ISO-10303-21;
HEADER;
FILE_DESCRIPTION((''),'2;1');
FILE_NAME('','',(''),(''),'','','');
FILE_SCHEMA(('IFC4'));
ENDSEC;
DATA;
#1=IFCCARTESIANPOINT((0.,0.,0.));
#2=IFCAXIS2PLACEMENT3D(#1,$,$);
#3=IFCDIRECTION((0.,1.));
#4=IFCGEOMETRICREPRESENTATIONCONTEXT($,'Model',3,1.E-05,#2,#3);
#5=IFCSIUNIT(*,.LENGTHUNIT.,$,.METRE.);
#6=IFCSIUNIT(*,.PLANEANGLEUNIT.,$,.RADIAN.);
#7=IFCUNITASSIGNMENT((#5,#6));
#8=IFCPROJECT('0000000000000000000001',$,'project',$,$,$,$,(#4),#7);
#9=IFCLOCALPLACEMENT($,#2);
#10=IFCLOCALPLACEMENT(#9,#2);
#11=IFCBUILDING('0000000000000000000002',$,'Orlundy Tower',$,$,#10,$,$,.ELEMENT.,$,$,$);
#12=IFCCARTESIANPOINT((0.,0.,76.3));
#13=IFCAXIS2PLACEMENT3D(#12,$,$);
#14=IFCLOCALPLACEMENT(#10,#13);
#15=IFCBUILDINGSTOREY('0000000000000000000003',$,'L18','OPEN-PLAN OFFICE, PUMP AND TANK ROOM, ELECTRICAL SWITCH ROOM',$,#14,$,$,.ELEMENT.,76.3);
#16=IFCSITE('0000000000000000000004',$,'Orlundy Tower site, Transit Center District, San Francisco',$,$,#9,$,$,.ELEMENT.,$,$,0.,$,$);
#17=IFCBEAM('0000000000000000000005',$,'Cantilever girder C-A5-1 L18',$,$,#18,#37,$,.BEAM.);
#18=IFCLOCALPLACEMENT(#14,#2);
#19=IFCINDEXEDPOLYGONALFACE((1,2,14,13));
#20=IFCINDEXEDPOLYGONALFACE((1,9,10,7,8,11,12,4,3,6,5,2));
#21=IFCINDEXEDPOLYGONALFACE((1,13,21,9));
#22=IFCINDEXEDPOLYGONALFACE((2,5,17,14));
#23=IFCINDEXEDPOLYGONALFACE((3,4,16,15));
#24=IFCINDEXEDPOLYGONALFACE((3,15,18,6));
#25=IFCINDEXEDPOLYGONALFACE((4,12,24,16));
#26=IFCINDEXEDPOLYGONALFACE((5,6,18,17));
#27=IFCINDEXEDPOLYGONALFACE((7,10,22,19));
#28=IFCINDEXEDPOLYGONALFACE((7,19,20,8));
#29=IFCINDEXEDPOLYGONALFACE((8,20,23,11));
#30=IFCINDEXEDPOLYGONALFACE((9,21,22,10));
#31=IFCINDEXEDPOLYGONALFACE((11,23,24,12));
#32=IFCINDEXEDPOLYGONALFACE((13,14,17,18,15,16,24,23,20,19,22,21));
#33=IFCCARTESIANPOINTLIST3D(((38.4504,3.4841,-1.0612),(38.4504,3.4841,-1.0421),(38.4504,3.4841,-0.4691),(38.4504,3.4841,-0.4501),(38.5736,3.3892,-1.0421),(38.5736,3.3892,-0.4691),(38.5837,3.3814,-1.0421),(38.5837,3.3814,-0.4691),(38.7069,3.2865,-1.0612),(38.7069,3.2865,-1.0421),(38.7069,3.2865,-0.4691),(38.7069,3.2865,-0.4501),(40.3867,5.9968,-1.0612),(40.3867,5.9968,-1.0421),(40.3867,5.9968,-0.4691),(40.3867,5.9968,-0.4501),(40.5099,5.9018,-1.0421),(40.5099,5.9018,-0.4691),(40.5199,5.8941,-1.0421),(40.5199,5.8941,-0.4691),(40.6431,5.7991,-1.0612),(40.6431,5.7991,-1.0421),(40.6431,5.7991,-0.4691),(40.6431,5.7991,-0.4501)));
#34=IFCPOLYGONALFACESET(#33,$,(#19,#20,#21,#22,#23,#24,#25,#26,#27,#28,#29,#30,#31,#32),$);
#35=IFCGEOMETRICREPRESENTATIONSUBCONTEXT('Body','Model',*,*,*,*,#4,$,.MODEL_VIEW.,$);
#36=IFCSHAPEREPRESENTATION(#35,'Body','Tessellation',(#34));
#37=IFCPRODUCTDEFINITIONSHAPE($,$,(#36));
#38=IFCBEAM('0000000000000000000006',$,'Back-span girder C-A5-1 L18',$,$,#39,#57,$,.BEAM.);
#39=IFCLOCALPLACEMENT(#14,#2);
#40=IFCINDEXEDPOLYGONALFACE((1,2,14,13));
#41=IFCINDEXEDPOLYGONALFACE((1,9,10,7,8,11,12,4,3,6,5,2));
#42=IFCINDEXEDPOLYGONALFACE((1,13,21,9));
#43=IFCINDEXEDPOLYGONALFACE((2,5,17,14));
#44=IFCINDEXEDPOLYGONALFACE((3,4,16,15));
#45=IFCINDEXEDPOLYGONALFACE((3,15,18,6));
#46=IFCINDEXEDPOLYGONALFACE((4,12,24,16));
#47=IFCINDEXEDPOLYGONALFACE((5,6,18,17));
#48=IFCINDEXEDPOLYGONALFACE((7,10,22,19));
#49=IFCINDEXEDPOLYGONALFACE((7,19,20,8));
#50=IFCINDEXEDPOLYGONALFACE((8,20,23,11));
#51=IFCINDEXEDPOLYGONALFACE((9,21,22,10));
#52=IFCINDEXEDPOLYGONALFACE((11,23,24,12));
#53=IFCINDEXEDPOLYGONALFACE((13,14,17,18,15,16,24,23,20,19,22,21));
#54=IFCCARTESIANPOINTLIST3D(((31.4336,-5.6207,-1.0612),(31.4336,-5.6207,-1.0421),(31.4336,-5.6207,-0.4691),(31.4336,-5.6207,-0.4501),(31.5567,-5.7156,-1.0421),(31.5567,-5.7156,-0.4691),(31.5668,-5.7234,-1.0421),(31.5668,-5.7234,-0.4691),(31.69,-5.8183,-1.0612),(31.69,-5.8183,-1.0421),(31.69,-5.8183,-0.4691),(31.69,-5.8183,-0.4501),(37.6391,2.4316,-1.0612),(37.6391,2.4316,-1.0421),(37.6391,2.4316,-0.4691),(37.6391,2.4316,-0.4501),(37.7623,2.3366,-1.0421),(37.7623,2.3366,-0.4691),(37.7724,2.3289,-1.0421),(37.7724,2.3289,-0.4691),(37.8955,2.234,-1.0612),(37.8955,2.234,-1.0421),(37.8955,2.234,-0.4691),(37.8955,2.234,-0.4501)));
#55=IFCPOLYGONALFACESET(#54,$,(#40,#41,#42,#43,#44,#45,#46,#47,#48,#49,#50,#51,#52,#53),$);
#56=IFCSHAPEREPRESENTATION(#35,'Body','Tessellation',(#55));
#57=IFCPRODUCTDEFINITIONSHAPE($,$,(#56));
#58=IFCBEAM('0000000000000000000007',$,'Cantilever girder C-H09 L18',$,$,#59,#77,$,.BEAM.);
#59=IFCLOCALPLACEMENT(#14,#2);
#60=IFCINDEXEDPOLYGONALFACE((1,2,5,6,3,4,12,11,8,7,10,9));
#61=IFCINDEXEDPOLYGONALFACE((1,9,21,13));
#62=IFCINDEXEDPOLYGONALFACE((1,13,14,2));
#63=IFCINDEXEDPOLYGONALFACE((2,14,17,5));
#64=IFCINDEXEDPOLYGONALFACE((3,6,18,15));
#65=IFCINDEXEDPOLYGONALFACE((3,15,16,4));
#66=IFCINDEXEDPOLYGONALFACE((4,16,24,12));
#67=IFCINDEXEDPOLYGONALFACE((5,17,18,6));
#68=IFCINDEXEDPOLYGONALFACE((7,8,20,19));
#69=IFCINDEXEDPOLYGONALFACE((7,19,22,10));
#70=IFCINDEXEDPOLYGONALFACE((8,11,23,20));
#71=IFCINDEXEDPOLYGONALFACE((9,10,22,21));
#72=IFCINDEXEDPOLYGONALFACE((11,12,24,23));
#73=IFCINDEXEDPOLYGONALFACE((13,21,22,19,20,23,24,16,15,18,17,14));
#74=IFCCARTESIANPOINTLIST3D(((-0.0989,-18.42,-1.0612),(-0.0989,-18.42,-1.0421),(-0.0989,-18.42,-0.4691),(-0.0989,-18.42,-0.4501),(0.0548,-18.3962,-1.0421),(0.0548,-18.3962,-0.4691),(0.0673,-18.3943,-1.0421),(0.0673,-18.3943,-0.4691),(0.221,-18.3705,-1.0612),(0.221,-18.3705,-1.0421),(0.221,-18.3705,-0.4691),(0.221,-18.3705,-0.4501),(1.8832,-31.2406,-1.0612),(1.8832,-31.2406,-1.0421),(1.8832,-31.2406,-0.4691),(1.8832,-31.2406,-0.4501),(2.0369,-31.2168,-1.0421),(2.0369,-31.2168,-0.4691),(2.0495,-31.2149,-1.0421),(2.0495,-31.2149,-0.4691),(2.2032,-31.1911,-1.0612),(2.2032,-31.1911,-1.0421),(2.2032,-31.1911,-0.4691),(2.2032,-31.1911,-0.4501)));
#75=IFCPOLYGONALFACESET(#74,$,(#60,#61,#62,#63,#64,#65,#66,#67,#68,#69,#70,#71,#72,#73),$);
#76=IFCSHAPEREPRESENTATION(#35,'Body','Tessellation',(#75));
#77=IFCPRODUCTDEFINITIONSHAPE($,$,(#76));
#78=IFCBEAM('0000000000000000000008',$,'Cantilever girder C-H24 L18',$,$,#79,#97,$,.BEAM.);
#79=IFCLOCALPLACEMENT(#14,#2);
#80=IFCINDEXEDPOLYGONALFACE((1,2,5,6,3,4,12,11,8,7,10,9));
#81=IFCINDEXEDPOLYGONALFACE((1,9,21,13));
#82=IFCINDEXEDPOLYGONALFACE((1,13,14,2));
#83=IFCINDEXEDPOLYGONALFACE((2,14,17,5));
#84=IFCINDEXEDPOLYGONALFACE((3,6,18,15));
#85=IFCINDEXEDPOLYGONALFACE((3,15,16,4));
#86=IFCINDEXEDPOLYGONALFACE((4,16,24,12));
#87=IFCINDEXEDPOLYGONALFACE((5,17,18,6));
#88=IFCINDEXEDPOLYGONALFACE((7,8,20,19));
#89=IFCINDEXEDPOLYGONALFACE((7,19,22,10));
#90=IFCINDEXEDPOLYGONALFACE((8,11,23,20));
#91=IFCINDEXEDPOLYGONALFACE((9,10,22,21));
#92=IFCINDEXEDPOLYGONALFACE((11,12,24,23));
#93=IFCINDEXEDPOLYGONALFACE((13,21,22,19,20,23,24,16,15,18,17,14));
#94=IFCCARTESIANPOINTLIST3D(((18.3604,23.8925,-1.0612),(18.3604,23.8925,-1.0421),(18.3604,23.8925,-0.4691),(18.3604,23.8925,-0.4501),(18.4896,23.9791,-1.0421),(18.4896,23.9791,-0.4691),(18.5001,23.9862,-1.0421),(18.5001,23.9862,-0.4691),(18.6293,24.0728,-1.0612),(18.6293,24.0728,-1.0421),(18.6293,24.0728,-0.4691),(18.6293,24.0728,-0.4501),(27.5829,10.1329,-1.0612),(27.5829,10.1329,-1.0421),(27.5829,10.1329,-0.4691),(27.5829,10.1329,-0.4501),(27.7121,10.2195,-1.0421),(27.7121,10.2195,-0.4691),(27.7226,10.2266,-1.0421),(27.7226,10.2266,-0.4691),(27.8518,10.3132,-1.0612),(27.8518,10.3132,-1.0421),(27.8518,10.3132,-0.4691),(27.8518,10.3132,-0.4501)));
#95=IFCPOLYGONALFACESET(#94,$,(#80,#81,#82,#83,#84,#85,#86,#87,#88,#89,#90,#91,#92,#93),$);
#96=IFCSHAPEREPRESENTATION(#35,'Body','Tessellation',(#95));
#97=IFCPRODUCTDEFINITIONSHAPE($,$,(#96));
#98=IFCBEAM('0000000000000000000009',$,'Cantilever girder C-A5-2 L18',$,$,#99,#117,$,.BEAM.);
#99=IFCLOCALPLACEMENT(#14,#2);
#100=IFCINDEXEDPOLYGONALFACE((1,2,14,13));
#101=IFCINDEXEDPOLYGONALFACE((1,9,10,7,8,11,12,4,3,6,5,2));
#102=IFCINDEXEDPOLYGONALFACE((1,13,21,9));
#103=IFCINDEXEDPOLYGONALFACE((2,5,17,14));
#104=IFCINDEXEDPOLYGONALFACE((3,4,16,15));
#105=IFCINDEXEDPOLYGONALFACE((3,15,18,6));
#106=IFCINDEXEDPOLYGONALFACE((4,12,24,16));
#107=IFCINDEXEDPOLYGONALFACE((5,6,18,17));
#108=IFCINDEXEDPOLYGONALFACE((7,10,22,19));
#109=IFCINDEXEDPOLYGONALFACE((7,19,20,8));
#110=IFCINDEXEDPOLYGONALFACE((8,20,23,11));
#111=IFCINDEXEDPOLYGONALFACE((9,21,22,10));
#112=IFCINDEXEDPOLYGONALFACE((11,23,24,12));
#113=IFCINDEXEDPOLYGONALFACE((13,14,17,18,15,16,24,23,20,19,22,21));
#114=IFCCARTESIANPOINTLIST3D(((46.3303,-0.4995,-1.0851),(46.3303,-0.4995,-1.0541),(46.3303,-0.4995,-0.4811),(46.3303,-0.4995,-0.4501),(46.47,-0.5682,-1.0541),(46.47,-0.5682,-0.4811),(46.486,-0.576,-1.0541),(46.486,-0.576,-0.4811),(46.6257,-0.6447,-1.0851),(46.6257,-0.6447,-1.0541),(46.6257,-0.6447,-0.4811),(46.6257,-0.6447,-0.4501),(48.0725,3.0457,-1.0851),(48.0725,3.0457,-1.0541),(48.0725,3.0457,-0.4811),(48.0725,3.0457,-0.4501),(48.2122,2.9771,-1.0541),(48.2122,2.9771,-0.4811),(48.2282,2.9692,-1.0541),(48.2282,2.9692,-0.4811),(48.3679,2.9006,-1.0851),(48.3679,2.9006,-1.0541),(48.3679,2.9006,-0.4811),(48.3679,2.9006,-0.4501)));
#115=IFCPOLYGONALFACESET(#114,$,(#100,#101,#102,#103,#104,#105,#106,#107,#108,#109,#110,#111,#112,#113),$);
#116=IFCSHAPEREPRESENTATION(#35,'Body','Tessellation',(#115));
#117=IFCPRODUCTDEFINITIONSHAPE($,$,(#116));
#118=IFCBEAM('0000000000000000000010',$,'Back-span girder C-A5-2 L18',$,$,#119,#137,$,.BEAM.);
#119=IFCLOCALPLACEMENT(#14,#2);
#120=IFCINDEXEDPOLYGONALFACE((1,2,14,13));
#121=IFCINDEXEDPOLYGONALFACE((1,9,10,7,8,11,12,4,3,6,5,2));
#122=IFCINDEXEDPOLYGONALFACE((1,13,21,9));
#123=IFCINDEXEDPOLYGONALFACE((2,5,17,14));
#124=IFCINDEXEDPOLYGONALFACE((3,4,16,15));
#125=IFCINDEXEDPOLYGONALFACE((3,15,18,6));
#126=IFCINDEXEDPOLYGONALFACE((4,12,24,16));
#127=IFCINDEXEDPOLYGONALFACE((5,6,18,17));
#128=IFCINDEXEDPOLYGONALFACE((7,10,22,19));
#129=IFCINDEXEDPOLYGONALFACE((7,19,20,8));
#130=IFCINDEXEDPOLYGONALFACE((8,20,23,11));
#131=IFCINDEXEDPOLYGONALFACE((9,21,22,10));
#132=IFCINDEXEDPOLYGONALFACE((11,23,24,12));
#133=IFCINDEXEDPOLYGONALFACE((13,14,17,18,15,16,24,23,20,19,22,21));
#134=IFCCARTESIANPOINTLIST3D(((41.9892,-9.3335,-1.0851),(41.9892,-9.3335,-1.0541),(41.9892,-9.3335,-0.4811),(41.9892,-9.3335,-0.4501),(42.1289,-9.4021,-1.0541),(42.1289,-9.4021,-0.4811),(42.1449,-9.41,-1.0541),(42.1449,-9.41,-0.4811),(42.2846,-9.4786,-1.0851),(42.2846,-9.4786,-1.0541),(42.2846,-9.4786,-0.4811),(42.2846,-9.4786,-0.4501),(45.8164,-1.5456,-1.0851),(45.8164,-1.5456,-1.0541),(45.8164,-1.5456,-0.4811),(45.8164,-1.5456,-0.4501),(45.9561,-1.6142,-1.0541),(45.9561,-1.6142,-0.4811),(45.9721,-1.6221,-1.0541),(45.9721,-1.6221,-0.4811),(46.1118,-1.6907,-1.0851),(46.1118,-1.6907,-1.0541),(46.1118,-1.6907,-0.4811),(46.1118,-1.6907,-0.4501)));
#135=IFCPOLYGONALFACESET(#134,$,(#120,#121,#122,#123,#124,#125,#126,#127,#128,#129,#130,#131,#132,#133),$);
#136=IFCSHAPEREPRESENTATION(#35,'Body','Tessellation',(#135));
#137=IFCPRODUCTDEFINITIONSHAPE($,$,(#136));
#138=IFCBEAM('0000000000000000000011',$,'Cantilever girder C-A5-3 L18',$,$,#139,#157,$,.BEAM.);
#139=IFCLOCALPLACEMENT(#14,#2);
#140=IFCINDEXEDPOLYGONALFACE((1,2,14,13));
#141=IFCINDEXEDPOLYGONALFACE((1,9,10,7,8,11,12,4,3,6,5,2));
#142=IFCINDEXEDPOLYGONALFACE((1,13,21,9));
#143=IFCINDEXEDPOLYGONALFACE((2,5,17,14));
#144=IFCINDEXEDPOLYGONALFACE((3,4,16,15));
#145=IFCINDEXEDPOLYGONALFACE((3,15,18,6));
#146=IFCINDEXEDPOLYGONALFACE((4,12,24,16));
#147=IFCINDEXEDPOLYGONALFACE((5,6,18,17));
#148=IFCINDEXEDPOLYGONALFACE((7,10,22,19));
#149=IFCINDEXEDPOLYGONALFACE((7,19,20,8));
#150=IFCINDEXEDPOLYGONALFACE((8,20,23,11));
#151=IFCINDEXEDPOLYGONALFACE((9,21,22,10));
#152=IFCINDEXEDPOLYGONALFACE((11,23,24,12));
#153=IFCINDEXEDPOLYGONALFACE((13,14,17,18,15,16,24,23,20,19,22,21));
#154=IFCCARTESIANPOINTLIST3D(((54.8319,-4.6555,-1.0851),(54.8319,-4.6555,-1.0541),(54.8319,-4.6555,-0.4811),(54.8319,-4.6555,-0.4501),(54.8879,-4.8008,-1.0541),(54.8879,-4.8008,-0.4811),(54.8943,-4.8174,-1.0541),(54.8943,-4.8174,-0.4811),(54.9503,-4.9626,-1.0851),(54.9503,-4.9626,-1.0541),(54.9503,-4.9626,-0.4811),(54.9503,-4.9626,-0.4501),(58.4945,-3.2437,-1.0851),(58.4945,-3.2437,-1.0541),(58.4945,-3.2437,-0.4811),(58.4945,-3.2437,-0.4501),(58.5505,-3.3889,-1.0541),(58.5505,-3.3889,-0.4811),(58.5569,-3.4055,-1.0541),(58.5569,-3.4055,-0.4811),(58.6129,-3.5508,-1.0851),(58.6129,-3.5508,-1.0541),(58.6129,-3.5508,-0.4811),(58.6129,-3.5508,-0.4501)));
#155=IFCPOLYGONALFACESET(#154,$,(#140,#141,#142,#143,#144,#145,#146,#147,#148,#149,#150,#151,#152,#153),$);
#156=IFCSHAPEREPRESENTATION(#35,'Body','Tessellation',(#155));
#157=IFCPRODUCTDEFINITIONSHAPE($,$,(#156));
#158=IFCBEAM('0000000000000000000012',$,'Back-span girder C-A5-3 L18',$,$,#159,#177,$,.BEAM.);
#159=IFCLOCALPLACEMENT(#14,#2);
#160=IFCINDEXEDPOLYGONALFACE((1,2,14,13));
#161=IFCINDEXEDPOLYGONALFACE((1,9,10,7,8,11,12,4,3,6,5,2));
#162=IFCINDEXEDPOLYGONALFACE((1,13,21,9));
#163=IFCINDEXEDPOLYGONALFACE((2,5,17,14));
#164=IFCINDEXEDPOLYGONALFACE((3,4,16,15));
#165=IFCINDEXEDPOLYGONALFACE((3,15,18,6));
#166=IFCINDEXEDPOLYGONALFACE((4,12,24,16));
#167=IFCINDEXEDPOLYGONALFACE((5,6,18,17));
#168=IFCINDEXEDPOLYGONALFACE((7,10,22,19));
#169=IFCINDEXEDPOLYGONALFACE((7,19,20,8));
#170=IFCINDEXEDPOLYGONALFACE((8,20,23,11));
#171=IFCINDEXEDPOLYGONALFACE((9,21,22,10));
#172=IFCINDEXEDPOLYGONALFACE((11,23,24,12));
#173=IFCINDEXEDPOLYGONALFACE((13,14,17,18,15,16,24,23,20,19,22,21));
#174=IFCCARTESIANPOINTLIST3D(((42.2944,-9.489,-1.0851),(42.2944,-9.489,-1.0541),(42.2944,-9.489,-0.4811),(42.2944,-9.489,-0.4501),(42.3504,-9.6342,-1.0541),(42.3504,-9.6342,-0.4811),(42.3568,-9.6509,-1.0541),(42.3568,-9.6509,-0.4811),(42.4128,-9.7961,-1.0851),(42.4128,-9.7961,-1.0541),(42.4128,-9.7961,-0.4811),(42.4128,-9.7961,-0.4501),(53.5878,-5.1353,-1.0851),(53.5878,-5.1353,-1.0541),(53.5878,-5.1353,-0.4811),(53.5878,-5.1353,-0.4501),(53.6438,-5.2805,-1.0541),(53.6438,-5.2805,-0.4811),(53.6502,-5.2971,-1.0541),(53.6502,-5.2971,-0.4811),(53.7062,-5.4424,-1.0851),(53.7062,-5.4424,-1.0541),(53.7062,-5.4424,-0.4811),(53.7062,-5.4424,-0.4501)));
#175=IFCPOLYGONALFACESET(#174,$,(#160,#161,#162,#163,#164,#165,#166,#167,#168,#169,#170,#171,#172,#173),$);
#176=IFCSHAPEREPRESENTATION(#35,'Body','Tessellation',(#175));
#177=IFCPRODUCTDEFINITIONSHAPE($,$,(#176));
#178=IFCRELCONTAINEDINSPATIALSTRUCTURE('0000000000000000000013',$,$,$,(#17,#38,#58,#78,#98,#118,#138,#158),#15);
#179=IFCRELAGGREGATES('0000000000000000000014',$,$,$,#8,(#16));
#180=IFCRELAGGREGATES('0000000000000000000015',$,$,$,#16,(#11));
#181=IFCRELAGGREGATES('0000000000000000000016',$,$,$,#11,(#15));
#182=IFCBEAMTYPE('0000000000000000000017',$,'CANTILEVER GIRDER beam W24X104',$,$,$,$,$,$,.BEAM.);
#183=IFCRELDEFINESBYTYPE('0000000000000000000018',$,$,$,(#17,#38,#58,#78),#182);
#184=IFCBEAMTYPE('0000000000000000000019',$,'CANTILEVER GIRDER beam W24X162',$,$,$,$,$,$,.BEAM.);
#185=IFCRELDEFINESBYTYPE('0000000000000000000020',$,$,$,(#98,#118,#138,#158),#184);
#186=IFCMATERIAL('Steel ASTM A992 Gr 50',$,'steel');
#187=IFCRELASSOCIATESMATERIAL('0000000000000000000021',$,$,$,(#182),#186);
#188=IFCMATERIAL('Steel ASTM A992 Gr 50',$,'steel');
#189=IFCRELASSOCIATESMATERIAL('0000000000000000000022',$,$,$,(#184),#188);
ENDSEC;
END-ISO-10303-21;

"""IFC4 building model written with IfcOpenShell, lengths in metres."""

from ifc_helpers import new_model, si_unit, direction, frame, origin, origin_2d, place, context, subcontext, project, spatial, i_section, extrude, material, material_profile, profile_set, type_object, element, save


model = new_model("IFC4")

# Units and contexts
model_context = context("Model", 3, precision=1e-05, world=origin(), true_north=direction((0.0, 1.0)))
body_context = subcontext(model_context, "Body", "Model", "MODEL_VIEW")
ifc_project = project(units=[si_unit("LENGTHUNIT", "METRE"), si_unit("PLANEANGLEUNIT", "RADIAN")], contexts=[model_context])

# Site, building, storey
site_placement = place(None, origin())
site = spatial("IfcSite", under=ifc_project, at=site_placement, Name="Orlundy Tower site, Transit Center District, San Francisco", CompositionType="ELEMENT", RefElevation=0.0)
building_placement = place(site_placement, origin())
building = spatial("IfcBuilding", under=site, at=building_placement, Name="Orlundy Tower", CompositionType="ELEMENT")
storey_placement = place(building_placement, frame((0.0, 0.0, 76.3)))
storey = spatial("IfcBuildingStorey", under=building, at=storey_placement, Name="L18", Description="OPEN-PLAN OFFICE, PUMP AND TANK ROOM, ELECTRICAL SWITCH ROOM", CompositionType="ELEMENT", Elevation=76.3)

# Beams
ifc_material_1 = material(Name="Steel ASTM A992 Gr 50", Category="steel")
ifc_material_profile_1 = material_profile(ifc_material_1, i_section(OverallWidth=0.3237, OverallDepth=0.6111, WebThickness=0.0127, FlangeThickness=0.019, at=origin_2d()), Name="W24X104")
ifc_profile_set_1 = profile_set([ifc_material_profile_1], Name="Steel ASTM A992 Gr 50")
beam_type_1 = type_object("IfcBeamType", Name="CANTILEVER GIRDER beam W24X104", PredefinedType="BEAM", material=ifc_profile_set_1)
beam_1_placement = place(storey_placement, frame((40.5149, 5.8979, -0.7556), z_axis=(-0.610391, -0.7921, 0.0), x_axis=(0.7921, -0.610391, 0.0)))
element("IfcBeam", 1, at=beam_1_placement, inside=storey, type_object=beam_type_1, Name="Cantilever girder C-A5-1 L18", PredefinedType="BEAM", context=body_context, shape_type="SweptSolid", body=[
    extrude(i_section(OverallWidth=0.3237, OverallDepth=0.6111, WebThickness=0.0127, FlangeThickness=0.019, at=origin_2d()), origin(), (0.0, 0.0, 1.0), 3.1721),
])
beam_2_placement = place(storey_placement, frame((37.7673, 2.3328, -0.7556), z_axis=(-0.610423, -0.792076, 0.0), x_axis=(0.792076, -0.610423, 0.0)))
element("IfcBeam", 2, at=beam_2_placement, inside=storey, type_object=beam_type_1, Name="Back-span girder C-A5-1 L18", PredefinedType="BEAM", context=body_context, shape_type="SweptSolid", body=[
    extrude(i_section(OverallWidth=0.3237, OverallDepth=0.6111, WebThickness=0.0127, FlangeThickness=0.019, at=origin_2d()), origin(), (0.0, 0.0, 1.0), 10.166),
])
beam_3_placement = place(storey_placement, frame((2.0432, -31.2158, -0.7556), z_axis=(-0.152794, 0.988258, 0.0), x_axis=(-0.988258, -0.152794, 0.0)))
element("IfcBeam", 3, at=beam_3_placement, inside=storey, type_object=beam_type_1, Name="Cantilever girder C-H09 L18", PredefinedType="BEAM", context=body_context, shape_type="SweptSolid", body=[
    extrude(i_section(OverallWidth=0.3237, OverallDepth=0.6111, WebThickness=0.0127, FlangeThickness=0.019, at=origin_2d()), origin(), (0.0, 0.0, 1.0), 12.9729),
])
beam_4_placement = place(storey_placement, frame((18.4949, 23.9827, -0.7556), z_axis=(0.556763, -0.830671, 0.0), x_axis=(0.830671, 0.556763, 0.0)))
element("IfcBeam", 4, at=beam_4_placement, inside=storey, type_object=beam_type_1, Name="Cantilever girder C-H24 L18", PredefinedType="BEAM", context=body_context, shape_type="SweptSolid", body=[
    extrude(i_section(OverallWidth=0.3237, OverallDepth=0.6111, WebThickness=0.0127, FlangeThickness=0.019, at=origin_2d()), origin(), (0.0, 0.0, 1.0), 16.5645),
])
ifc_material_2 = material(Name="Steel ASTM A992 Gr 50", Category="steel")
ifc_material_profile_2 = material_profile(ifc_material_2, i_section(OverallWidth=0.3291, OverallDepth=0.635, WebThickness=0.0178, FlangeThickness=0.031, at=origin_2d()), Name="W24X162")
ifc_profile_set_2 = profile_set([ifc_material_profile_2], Name="Steel ASTM A992 Gr 50")
beam_type_2 = type_object("IfcBeamType", Name="CANTILEVER GIRDER beam W24X162", PredefinedType="BEAM", material=ifc_profile_set_2)
beam_5_placement = place(storey_placement, frame((48.2202, 2.9731, -0.7676), z_axis=(-0.441047, -0.897484, 0.0), x_axis=(0.897484, -0.441047, 0.0)))
element("IfcBeam", 5, at=beam_5_placement, inside=storey, type_object=beam_type_2, Name="Cantilever girder C-A5-2 L18", PredefinedType="BEAM", context=body_context, shape_type="SweptSolid", body=[
    extrude(i_section(OverallWidth=0.3291, OverallDepth=0.635, WebThickness=0.0178, FlangeThickness=0.031, at=origin_2d()), origin(), (0.0, 0.0, 1.0), 3.9502),
])
beam_6_placement = place(storey_placement, frame((45.9641, -1.6182, -0.7676), z_axis=(-0.441047, -0.897484, 0.0), x_axis=(0.897484, -0.441047, 0.0)))
element("IfcBeam", 6, at=beam_6_placement, inside=storey, type_object=beam_type_2, Name="Back-span girder C-A5-2 L18", PredefinedType="BEAM", context=body_context, shape_type="SweptSolid", body=[
    extrude(i_section(OverallWidth=0.3291, OverallDepth=0.635, WebThickness=0.0178, FlangeThickness=0.031, at=origin_2d()), origin(), (0.0, 0.0, 1.0), 8.6775),
])
beam_7_placement = place(storey_placement, frame((58.5537, -3.3972, -0.7676), z_axis=(-0.933074, -0.359683, 0.0), x_axis=(0.359683, -0.933074, 0.0)))
element("IfcBeam", 7, at=beam_7_placement, inside=storey, type_object=beam_type_2, Name="Cantilever girder C-A5-3 L18", PredefinedType="BEAM", context=body_context, shape_type="SweptSolid", body=[
    extrude(i_section(OverallWidth=0.3291, OverallDepth=0.635, WebThickness=0.0178, FlangeThickness=0.031, at=origin_2d()), origin(), (0.0, 0.0, 1.0), 3.9253),
])
beam_8_placement = place(storey_placement, frame((53.647, -5.2888, -0.7676), z_axis=(-0.933065, -0.359708, 0.0), x_axis=(0.359708, -0.933065, 0.0)))
element("IfcBeam", 8, at=beam_8_placement, inside=storey, type_object=beam_type_2, Name="Back-span girder C-A5-3 L18", PredefinedType="BEAM", context=body_context, shape_type="SweptSolid", body=[
    extrude(i_section(OverallWidth=0.3291, OverallDepth=0.635, WebThickness=0.0178, FlangeThickness=0.031, at=origin_2d()), origin(), (0.0, 0.0, 1.0), 12.1035),
])

save(model, "model.ifc")
